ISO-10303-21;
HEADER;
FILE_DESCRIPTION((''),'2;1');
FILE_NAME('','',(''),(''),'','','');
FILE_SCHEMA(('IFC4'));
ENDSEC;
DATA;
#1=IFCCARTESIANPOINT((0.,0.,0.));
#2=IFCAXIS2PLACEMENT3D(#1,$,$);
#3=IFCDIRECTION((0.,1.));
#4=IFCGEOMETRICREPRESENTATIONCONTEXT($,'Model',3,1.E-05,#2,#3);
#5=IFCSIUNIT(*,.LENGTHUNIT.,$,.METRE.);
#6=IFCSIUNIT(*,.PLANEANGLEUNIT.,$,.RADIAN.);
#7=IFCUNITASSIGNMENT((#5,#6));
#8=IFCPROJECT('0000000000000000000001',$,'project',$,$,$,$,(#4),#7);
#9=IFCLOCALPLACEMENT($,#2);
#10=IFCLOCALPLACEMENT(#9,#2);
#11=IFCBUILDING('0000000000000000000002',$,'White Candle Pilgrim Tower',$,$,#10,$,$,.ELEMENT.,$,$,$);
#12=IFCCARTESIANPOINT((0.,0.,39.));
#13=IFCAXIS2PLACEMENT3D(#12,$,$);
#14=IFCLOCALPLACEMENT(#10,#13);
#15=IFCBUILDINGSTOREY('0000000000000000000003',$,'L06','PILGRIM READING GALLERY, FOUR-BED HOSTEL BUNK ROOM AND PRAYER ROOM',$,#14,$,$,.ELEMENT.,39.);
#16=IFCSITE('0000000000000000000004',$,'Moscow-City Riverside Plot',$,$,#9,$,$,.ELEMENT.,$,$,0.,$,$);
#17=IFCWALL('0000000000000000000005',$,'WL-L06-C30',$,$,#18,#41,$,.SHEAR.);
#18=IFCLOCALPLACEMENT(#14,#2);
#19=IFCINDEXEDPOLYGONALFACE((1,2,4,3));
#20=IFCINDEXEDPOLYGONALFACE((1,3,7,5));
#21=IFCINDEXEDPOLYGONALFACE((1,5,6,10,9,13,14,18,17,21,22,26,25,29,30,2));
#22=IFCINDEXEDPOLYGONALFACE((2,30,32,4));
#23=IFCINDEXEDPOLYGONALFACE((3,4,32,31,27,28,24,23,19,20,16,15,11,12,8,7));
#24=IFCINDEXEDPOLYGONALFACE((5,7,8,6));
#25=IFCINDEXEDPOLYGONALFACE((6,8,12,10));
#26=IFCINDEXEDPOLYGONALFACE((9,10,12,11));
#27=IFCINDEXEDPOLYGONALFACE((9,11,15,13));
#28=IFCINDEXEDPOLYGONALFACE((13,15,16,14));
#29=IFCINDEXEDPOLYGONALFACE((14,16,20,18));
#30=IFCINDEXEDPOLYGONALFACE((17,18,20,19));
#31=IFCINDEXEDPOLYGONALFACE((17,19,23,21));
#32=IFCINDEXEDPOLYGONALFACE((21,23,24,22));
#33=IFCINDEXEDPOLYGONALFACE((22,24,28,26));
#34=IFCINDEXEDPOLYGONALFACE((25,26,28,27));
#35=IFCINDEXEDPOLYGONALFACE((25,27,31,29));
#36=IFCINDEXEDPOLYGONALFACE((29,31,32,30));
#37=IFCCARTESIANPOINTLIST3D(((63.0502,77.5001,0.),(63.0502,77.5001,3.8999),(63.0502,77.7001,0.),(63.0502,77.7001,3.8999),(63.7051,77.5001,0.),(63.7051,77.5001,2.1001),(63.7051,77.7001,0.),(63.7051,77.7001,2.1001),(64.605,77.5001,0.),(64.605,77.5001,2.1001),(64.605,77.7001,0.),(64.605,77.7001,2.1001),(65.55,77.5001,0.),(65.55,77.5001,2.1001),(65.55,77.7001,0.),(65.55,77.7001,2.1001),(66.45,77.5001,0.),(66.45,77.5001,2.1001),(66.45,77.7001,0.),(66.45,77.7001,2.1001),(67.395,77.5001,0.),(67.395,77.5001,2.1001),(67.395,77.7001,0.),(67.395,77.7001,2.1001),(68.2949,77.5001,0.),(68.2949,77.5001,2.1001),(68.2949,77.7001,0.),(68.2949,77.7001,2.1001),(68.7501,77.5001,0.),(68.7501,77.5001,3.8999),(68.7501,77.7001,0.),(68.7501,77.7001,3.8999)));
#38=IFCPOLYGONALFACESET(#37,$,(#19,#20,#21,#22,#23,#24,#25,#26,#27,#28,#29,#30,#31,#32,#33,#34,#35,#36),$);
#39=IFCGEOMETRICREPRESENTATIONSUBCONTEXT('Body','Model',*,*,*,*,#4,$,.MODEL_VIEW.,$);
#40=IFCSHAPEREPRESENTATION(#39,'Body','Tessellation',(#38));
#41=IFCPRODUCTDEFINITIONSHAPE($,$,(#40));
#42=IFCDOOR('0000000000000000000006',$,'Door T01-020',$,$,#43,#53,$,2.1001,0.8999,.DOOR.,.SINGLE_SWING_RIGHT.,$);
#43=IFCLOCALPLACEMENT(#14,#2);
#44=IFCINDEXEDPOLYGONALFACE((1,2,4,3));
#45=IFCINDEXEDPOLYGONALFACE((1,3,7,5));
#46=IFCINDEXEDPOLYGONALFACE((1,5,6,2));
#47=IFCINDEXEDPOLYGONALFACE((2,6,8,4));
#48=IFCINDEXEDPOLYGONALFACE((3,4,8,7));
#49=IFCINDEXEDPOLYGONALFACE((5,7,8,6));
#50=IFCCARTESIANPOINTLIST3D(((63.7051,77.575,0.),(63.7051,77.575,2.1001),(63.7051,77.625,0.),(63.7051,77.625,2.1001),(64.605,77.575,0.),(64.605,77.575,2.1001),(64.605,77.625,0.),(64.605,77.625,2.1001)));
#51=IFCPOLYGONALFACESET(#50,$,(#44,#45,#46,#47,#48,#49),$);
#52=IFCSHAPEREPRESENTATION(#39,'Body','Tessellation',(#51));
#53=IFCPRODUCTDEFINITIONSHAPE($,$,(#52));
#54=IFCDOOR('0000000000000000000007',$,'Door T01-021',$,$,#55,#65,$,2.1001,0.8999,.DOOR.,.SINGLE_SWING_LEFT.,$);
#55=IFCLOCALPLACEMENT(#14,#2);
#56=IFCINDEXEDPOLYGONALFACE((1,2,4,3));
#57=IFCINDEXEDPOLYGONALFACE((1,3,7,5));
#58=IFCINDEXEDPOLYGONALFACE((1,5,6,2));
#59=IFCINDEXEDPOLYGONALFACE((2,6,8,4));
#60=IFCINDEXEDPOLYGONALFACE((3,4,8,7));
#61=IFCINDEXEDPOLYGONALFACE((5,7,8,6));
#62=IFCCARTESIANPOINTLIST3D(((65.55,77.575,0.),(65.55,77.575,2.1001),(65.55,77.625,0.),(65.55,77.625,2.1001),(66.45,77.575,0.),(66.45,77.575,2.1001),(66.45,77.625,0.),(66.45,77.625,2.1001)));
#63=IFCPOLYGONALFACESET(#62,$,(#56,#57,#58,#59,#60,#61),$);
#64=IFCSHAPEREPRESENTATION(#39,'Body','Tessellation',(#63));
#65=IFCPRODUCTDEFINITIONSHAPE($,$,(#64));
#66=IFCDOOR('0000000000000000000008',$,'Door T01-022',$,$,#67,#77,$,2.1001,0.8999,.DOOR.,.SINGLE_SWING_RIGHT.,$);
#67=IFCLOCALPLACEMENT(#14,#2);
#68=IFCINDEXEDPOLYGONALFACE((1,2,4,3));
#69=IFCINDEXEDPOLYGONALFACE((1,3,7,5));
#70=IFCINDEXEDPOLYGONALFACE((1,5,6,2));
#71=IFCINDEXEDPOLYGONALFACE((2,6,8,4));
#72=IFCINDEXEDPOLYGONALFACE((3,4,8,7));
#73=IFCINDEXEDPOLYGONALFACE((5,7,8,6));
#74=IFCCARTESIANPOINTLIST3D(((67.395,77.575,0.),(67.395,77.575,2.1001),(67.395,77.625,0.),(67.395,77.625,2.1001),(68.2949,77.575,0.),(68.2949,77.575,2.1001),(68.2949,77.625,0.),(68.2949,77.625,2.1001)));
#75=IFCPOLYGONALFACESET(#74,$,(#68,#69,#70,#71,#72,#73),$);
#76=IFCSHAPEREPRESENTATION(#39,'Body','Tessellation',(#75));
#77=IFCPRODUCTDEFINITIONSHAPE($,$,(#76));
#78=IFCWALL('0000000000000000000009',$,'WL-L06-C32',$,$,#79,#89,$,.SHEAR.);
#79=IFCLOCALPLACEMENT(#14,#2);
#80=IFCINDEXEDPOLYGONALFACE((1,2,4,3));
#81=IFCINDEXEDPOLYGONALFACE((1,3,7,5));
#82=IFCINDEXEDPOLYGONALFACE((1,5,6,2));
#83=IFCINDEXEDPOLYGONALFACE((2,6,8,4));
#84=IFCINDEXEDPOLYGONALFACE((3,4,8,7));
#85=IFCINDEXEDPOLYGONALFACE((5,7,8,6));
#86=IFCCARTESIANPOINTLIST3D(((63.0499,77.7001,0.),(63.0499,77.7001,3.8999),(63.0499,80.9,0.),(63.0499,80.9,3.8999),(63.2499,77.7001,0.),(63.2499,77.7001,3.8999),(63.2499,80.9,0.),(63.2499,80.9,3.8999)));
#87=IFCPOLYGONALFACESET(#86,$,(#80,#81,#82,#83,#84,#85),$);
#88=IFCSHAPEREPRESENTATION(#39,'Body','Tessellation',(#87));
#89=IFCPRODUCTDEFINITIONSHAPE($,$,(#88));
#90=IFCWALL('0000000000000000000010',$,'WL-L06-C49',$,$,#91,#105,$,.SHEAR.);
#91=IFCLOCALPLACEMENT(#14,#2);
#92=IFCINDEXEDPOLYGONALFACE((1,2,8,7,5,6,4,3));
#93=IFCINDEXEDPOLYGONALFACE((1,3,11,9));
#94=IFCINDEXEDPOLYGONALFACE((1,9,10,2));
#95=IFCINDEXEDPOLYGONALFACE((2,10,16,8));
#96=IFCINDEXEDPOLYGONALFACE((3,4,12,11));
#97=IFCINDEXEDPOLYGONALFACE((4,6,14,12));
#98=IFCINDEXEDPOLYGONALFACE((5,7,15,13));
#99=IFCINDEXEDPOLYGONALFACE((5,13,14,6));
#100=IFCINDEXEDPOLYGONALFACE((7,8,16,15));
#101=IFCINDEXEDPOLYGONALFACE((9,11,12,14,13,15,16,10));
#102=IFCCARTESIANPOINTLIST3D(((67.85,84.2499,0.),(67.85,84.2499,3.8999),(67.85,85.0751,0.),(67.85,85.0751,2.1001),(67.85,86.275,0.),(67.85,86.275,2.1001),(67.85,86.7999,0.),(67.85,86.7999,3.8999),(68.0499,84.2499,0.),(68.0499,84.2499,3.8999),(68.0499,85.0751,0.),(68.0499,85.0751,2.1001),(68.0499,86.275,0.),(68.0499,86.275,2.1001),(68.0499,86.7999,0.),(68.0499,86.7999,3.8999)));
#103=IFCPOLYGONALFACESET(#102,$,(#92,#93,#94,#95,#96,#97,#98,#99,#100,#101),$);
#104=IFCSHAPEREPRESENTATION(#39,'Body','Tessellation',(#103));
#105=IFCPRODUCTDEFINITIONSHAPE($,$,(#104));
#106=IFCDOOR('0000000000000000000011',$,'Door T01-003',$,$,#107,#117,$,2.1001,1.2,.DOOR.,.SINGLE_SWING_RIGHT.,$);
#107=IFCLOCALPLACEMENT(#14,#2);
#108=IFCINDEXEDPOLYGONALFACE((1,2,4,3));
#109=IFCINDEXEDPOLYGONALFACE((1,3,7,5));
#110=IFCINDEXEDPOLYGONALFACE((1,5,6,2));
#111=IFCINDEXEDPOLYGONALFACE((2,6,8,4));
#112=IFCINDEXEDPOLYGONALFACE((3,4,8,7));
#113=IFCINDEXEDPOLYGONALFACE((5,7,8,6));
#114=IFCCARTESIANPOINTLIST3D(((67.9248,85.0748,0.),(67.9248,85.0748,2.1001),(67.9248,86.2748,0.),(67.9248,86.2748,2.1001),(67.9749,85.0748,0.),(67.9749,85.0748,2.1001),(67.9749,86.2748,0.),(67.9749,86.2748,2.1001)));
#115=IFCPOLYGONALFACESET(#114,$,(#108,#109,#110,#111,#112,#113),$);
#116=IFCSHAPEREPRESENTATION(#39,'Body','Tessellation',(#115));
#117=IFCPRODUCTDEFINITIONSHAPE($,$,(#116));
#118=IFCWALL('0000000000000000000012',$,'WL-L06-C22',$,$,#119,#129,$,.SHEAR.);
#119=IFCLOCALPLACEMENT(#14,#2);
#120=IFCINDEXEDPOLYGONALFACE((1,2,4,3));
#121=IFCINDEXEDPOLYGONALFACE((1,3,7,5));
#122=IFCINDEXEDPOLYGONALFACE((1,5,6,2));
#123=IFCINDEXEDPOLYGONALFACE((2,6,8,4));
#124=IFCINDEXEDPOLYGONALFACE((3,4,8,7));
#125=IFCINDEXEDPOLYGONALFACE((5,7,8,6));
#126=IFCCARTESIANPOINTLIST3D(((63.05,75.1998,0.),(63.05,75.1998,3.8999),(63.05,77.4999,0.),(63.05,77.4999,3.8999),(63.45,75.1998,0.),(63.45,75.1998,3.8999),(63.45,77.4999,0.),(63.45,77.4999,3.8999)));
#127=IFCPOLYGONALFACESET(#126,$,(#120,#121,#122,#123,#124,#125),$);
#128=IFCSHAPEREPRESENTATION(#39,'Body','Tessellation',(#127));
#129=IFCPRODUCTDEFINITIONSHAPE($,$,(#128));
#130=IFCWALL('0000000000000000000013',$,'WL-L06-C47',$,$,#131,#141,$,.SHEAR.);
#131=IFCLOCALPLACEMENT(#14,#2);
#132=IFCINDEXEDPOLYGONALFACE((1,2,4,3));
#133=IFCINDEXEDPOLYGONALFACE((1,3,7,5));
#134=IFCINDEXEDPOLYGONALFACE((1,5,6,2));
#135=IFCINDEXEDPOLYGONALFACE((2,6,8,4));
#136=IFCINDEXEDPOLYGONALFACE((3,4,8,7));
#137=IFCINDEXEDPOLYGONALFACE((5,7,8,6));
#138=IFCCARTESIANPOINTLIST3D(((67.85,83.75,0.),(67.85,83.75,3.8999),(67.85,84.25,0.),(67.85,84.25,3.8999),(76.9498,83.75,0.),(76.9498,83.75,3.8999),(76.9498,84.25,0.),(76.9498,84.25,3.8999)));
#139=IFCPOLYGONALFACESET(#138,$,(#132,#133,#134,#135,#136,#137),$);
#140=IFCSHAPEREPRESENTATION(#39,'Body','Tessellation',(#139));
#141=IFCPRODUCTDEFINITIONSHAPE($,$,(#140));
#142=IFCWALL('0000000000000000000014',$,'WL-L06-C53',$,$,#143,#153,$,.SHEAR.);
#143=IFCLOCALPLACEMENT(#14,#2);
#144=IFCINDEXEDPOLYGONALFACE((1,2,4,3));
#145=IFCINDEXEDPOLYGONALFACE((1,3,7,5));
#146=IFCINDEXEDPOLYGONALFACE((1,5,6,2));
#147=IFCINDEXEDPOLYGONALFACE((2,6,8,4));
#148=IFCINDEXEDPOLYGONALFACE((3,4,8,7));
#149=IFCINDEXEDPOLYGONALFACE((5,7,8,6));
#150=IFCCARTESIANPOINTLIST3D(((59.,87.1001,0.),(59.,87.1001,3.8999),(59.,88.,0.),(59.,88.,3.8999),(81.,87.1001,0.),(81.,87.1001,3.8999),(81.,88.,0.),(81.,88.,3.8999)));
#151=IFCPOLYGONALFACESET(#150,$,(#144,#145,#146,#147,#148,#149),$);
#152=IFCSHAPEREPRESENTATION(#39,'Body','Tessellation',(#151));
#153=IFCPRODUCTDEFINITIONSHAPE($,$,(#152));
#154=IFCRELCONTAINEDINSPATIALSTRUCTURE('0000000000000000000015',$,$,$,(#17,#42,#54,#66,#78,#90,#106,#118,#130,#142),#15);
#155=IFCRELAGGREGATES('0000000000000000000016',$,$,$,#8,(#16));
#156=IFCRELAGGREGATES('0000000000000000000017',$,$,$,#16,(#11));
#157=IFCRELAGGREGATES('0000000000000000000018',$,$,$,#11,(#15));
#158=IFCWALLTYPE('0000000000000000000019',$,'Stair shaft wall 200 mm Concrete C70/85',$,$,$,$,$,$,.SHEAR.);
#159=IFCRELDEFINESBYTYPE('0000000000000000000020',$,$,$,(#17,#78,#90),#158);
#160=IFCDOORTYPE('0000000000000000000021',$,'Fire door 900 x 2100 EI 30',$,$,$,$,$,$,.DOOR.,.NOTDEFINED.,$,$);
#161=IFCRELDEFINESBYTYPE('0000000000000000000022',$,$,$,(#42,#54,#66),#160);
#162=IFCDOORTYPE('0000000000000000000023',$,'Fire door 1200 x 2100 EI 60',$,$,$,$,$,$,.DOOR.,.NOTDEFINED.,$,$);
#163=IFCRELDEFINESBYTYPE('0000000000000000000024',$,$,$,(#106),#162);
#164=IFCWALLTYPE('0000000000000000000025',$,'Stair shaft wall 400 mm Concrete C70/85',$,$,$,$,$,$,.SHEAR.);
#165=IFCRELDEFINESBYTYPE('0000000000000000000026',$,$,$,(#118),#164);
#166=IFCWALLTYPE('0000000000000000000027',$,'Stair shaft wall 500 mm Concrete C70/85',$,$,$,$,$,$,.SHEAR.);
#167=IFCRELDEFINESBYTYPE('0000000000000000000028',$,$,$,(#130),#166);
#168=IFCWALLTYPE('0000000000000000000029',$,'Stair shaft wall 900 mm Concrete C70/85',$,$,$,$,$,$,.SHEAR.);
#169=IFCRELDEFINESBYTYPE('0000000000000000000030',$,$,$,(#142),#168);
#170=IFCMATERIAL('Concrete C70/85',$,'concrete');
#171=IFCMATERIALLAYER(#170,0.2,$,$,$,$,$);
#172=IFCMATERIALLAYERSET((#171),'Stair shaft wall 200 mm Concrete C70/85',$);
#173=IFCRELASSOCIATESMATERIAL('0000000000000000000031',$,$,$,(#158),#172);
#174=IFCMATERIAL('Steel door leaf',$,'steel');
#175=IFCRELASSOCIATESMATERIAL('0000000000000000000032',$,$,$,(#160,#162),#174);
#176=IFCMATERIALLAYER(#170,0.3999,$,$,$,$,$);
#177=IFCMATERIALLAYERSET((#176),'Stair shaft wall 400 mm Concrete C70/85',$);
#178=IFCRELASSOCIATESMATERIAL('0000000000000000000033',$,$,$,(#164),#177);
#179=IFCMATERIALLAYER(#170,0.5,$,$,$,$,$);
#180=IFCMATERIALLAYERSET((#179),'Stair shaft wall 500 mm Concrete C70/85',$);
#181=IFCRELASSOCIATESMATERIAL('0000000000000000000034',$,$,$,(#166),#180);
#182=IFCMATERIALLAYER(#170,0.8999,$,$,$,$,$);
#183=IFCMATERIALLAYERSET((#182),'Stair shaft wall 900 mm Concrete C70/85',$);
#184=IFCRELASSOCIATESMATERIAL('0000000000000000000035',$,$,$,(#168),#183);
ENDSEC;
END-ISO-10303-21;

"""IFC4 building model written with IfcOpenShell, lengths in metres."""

from ifc_helpers import new_model, si_unit, direction, frame, frame_2d, origin, place, context, subcontext, project, spatial, rectangle, extrude, material, layer, layer_set, type_object, element, fill, save


model = new_model("IFC4")

# Units and contexts
model_context = context("Model", 3, precision=1e-05, world=origin(), true_north=direction((0.0, 1.0)))
body_context = subcontext(model_context, "Body", "Model", "MODEL_VIEW")
ifc_project = project(units=[si_unit("LENGTHUNIT", "METRE"), si_unit("PLANEANGLEUNIT", "RADIAN")], contexts=[model_context])

# Site, building, storey
site_placement = place(None, origin())
site = spatial("IfcSite", under=ifc_project, at=site_placement, Name="Moscow-City Riverside Plot", CompositionType="ELEMENT", RefElevation=0.0)
building_placement = place(site_placement, origin())
building = spatial("IfcBuilding", under=site, at=building_placement, Name="White Candle Pilgrim Tower", CompositionType="ELEMENT")
storey_placement = place(building_placement, frame((0.0, 0.0, 39.0)))
storey = spatial("IfcBuildingStorey", under=building, at=storey_placement, Name="L06", Description="PILGRIM READING GALLERY, FOUR-BED HOSTEL BUNK ROOM AND PRAYER ROOM", CompositionType="ELEMENT", Elevation=39.0)

# Shared definitions
ifc_material_1 = material(Name="Concrete C70/85", Category="concrete")
ifc_material_2 = material(Name="Steel door leaf", Category="steel")

# Wall, openings, doors
ifc_layer_1 = layer(ifc_material_1, 0.2)
ifc_layer_set_1 = layer_set([ifc_layer_1], Name="Stair shaft wall 200 mm Concrete C70/85")
wall_type_1 = type_object("IfcWallType", Name="Stair shaft wall 200 mm Concrete C70/85", PredefinedType="SHEAR", material=ifc_layer_set_1)
wall_1_placement = place(storey_placement, frame((63.05, 77.6001, 0.0), z_axis=(0.0, 0.0, 1.0), x_axis=(1.0, 0.0, 0.0)))
wall_1 = element("IfcWall", 1, at=wall_1_placement, inside=storey, type_object=wall_type_1, Name="WL-L06-C30", PredefinedType="SHEAR", context=body_context, shape_type="SweptSolid", body=[
    extrude(rectangle(XDim=5.7, YDim=0.2, at=frame_2d((2.8501, 0.0))), origin(), (0.0, 0.0, 1.0), 3.8999),
])
opening_1_placement = place(wall_1_placement, frame((0.655, 0.0, 0.0)))
opening_1 = element("IfcOpeningElement", 2, at=opening_1_placement, cuts=wall_1, PredefinedType="OPENING", context=body_context, shape_type="SweptSolid", body=[
    extrude(rectangle(XDim=0.8999, YDim=2.1001, at=frame_2d((0.45, 1.05))), frame((0.0, 0.1099, 0.0), z_axis=(0.0, -1.0, 0.0), x_axis=(1.0, 0.0, 0.0)), (0.0, 0.0, 1.0), 0.22),
])
opening_2_placement = place(wall_1_placement, frame((2.5, 0.0, 0.0)))
opening_2 = element("IfcOpeningElement", 3, at=opening_2_placement, cuts=wall_1, PredefinedType="OPENING", context=body_context, shape_type="SweptSolid", body=[
    extrude(rectangle(XDim=0.8999, YDim=2.1001, at=frame_2d((0.45, 1.05))), frame((0.0, 0.1099, 0.0), z_axis=(0.0, -1.0, 0.0), x_axis=(1.0, 0.0, 0.0)), (0.0, 0.0, 1.0), 0.22),
])
opening_3_placement = place(wall_1_placement, frame((4.345, 0.0, 0.0)))
opening_3 = element("IfcOpeningElement", 4, at=opening_3_placement, cuts=wall_1, PredefinedType="OPENING", context=body_context, shape_type="SweptSolid", body=[
    extrude(rectangle(XDim=0.8999, YDim=2.1001, at=frame_2d((0.45, 1.05))), frame((0.0, 0.1099, 0.0), z_axis=(0.0, -1.0, 0.0), x_axis=(1.0, 0.0, 0.0)), (0.0, 0.0, 1.0), 0.22),
])
door_type_1 = type_object("IfcDoorType", Name="Fire door 900 x 2100 EI 30", OperationType="NOTDEFINED", PredefinedType="DOOR", material=ifc_material_2)
door_1_placement = place(opening_1_placement, origin())
door_1 = element("IfcDoor", 5, at=door_1_placement, inside=storey, type_object=door_type_1, Name="Door T01-020", OperationType="SINGLE_SWING_RIGHT", OverallHeight=2.1001, OverallWidth=0.8999, PredefinedType="DOOR", context=body_context, shape_type="SweptSolid", body=[
    extrude(rectangle(XDim=0.8999, YDim=2.1001, at=frame_2d((0.45, 1.05))), frame((0.0, 0.0249, 0.0), z_axis=(0.0, -1.0, 0.0), x_axis=(1.0, 0.0, 0.0)), (0.0, 0.0, 1.0), 0.05),
])
fill(opening_1, door_1)
door_2_placement = place(opening_2_placement, origin())
door_2 = element("IfcDoor", 6, at=door_2_placement, inside=storey, type_object=door_type_1, Name="Door T01-021", OperationType="SINGLE_SWING_LEFT", OverallHeight=2.1001, OverallWidth=0.8999, PredefinedType="DOOR", context=body_context, shape_type="SweptSolid", body=[
    extrude(rectangle(XDim=0.8999, YDim=2.1001, at=frame_2d((0.45, 1.05))), frame((0.0, 0.0249, 0.0), z_axis=(0.0, -1.0, 0.0), x_axis=(1.0, 0.0, 0.0)), (0.0, 0.0, 1.0), 0.05),
])
fill(opening_2, door_2)
door_3_placement = place(opening_3_placement, origin())
door_3 = element("IfcDoor", 7, at=door_3_placement, inside=storey, type_object=door_type_1, Name="Door T01-022", OperationType="SINGLE_SWING_RIGHT", OverallHeight=2.1001, OverallWidth=0.8999, PredefinedType="DOOR", context=body_context, shape_type="SweptSolid", body=[
    extrude(rectangle(XDim=0.8999, YDim=2.1001, at=frame_2d((0.45, 1.05))), frame((0.0, 0.0249, 0.0), z_axis=(0.0, -1.0, 0.0), x_axis=(1.0, 0.0, 0.0)), (0.0, 0.0, 1.0), 0.05),
])
fill(opening_3, door_3)

# Wall
wall_2_placement = place(storey_placement, frame((63.1499, 77.7, 0.0), z_axis=(0.0, 0.0, 1.0), x_axis=(0.0, 1.0, 0.0)))
element("IfcWall", 8, at=wall_2_placement, inside=storey, type_object=wall_type_1, Name="WL-L06-C32", PredefinedType="SHEAR", context=body_context, shape_type="SweptSolid", body=[
    extrude(rectangle(XDim=3.2, YDim=0.2, at=frame_2d((1.6001, 0.0))), origin(), (0.0, 0.0, 1.0), 3.8999),
])

# Wall, opening, door
wall_3_placement = place(storey_placement, frame((67.95, 84.25, 0.0), z_axis=(0.0, 0.0, 1.0), x_axis=(0.0, 1.0, 0.0)))
wall_3 = element("IfcWall", 9, at=wall_3_placement, inside=storey, type_object=wall_type_1, Name="WL-L06-C49", PredefinedType="SHEAR", context=body_context, shape_type="SweptSolid", body=[
    extrude(rectangle(XDim=2.55, YDim=0.2, at=frame_2d((1.2749, 0.0))), origin(), (0.0, 0.0, 1.0), 3.8999),
])
opening_4_placement = place(wall_3_placement, frame((0.825, 0.0, 0.0)))
opening_4 = element("IfcOpeningElement", 10, at=opening_4_placement, cuts=wall_3, PredefinedType="OPENING", context=body_context, shape_type="SweptSolid", body=[
    extrude(rectangle(XDim=1.2, YDim=2.1001, at=frame_2d((0.6001, 1.05))), frame((0.0, 0.1099, 0.0), z_axis=(0.0, -1.0, 0.0), x_axis=(1.0, 0.0, 0.0)), (0.0, 0.0, 1.0), 0.22),
])
door_type_2 = type_object("IfcDoorType", Name="Fire door 1200 x 2100 EI 60", OperationType="NOTDEFINED", PredefinedType="DOOR", material=ifc_material_2)
door_4_placement = place(opening_4_placement, frame((1.2, 0.0, 0.0), z_axis=(0.0, 0.0, 1.0), x_axis=(-1.0, 0.0, 0.0)))
door_4 = element("IfcDoor", 11, at=door_4_placement, inside=storey, type_object=door_type_2, Name="Door T01-003", OperationType="SINGLE_SWING_RIGHT", OverallHeight=2.1001, OverallWidth=1.2, PredefinedType="DOOR", context=body_context, shape_type="SweptSolid", body=[
    extrude(rectangle(XDim=1.2, YDim=2.1001, at=frame_2d((0.6001, 1.05))), frame((0.0, 0.0249, 0.0), z_axis=(0.0, -1.0, 0.0), x_axis=(1.0, 0.0, 0.0)), (0.0, 0.0, 1.0), 0.05),
])
fill(opening_4, door_4)

# Walls
ifc_layer_2 = layer(ifc_material_1, 0.3999)
ifc_layer_set_2 = layer_set([ifc_layer_2], Name="Stair shaft wall 400 mm Concrete C70/85")
wall_type_2 = type_object("IfcWallType", Name="Stair shaft wall 400 mm Concrete C70/85", PredefinedType="SHEAR", material=ifc_layer_set_2)
wall_4_placement = place(storey_placement, frame((63.25, 75.2, 0.0), z_axis=(0.0, 0.0, 1.0), x_axis=(0.0, 1.0, 0.0)))
element("IfcWall", 12, at=wall_4_placement, inside=storey, type_object=wall_type_2, Name="WL-L06-C22", PredefinedType="SHEAR", context=body_context, shape_type="SweptSolid", body=[
    extrude(rectangle(XDim=2.3, YDim=0.3999, at=frame_2d((1.1499, 0.0))), origin(), (0.0, 0.0, 1.0), 3.8999),
])
ifc_layer_3 = layer(ifc_material_1, 0.5)
ifc_layer_set_3 = layer_set([ifc_layer_3], Name="Stair shaft wall 500 mm Concrete C70/85")
wall_type_3 = type_object("IfcWallType", Name="Stair shaft wall 500 mm Concrete C70/85", PredefinedType="SHEAR", material=ifc_layer_set_3)
wall_5_placement = place(storey_placement, frame((67.8501, 84.0, 0.0), z_axis=(0.0, 0.0, 1.0), x_axis=(1.0, 0.0, 0.0)))
element("IfcWall", 13, at=wall_5_placement, inside=storey, type_object=wall_type_3, Name="WL-L06-C47", PredefinedType="SHEAR", context=body_context, shape_type="SweptSolid", body=[
    extrude(rectangle(XDim=9.0999, YDim=0.5, at=frame_2d((4.5498, 0.0))), origin(), (0.0, 0.0, 1.0), 3.8999),
])
ifc_layer_4 = layer(ifc_material_1, 0.8999)
ifc_layer_set_4 = layer_set([ifc_layer_4], Name="Stair shaft wall 900 mm Concrete C70/85")
wall_type_4 = type_object("IfcWallType", Name="Stair shaft wall 900 mm Concrete C70/85", PredefinedType="SHEAR", material=ifc_layer_set_4)
wall_6_placement = place(storey_placement, frame((59.0, 87.55, 0.0), z_axis=(0.0, 0.0, 1.0), x_axis=(1.0, 0.0, 0.0)))
element("IfcWall", 14, at=wall_6_placement, inside=storey, type_object=wall_type_4, Name="WL-L06-C53", PredefinedType="SHEAR", context=body_context, shape_type="SweptSolid", body=[
    extrude(rectangle(XDim=22.0, YDim=0.8999, at=frame_2d((11.0, 0.0))), origin(), (0.0, 0.0, 1.0), 3.8999),
])

save(model, "model.ifc")
